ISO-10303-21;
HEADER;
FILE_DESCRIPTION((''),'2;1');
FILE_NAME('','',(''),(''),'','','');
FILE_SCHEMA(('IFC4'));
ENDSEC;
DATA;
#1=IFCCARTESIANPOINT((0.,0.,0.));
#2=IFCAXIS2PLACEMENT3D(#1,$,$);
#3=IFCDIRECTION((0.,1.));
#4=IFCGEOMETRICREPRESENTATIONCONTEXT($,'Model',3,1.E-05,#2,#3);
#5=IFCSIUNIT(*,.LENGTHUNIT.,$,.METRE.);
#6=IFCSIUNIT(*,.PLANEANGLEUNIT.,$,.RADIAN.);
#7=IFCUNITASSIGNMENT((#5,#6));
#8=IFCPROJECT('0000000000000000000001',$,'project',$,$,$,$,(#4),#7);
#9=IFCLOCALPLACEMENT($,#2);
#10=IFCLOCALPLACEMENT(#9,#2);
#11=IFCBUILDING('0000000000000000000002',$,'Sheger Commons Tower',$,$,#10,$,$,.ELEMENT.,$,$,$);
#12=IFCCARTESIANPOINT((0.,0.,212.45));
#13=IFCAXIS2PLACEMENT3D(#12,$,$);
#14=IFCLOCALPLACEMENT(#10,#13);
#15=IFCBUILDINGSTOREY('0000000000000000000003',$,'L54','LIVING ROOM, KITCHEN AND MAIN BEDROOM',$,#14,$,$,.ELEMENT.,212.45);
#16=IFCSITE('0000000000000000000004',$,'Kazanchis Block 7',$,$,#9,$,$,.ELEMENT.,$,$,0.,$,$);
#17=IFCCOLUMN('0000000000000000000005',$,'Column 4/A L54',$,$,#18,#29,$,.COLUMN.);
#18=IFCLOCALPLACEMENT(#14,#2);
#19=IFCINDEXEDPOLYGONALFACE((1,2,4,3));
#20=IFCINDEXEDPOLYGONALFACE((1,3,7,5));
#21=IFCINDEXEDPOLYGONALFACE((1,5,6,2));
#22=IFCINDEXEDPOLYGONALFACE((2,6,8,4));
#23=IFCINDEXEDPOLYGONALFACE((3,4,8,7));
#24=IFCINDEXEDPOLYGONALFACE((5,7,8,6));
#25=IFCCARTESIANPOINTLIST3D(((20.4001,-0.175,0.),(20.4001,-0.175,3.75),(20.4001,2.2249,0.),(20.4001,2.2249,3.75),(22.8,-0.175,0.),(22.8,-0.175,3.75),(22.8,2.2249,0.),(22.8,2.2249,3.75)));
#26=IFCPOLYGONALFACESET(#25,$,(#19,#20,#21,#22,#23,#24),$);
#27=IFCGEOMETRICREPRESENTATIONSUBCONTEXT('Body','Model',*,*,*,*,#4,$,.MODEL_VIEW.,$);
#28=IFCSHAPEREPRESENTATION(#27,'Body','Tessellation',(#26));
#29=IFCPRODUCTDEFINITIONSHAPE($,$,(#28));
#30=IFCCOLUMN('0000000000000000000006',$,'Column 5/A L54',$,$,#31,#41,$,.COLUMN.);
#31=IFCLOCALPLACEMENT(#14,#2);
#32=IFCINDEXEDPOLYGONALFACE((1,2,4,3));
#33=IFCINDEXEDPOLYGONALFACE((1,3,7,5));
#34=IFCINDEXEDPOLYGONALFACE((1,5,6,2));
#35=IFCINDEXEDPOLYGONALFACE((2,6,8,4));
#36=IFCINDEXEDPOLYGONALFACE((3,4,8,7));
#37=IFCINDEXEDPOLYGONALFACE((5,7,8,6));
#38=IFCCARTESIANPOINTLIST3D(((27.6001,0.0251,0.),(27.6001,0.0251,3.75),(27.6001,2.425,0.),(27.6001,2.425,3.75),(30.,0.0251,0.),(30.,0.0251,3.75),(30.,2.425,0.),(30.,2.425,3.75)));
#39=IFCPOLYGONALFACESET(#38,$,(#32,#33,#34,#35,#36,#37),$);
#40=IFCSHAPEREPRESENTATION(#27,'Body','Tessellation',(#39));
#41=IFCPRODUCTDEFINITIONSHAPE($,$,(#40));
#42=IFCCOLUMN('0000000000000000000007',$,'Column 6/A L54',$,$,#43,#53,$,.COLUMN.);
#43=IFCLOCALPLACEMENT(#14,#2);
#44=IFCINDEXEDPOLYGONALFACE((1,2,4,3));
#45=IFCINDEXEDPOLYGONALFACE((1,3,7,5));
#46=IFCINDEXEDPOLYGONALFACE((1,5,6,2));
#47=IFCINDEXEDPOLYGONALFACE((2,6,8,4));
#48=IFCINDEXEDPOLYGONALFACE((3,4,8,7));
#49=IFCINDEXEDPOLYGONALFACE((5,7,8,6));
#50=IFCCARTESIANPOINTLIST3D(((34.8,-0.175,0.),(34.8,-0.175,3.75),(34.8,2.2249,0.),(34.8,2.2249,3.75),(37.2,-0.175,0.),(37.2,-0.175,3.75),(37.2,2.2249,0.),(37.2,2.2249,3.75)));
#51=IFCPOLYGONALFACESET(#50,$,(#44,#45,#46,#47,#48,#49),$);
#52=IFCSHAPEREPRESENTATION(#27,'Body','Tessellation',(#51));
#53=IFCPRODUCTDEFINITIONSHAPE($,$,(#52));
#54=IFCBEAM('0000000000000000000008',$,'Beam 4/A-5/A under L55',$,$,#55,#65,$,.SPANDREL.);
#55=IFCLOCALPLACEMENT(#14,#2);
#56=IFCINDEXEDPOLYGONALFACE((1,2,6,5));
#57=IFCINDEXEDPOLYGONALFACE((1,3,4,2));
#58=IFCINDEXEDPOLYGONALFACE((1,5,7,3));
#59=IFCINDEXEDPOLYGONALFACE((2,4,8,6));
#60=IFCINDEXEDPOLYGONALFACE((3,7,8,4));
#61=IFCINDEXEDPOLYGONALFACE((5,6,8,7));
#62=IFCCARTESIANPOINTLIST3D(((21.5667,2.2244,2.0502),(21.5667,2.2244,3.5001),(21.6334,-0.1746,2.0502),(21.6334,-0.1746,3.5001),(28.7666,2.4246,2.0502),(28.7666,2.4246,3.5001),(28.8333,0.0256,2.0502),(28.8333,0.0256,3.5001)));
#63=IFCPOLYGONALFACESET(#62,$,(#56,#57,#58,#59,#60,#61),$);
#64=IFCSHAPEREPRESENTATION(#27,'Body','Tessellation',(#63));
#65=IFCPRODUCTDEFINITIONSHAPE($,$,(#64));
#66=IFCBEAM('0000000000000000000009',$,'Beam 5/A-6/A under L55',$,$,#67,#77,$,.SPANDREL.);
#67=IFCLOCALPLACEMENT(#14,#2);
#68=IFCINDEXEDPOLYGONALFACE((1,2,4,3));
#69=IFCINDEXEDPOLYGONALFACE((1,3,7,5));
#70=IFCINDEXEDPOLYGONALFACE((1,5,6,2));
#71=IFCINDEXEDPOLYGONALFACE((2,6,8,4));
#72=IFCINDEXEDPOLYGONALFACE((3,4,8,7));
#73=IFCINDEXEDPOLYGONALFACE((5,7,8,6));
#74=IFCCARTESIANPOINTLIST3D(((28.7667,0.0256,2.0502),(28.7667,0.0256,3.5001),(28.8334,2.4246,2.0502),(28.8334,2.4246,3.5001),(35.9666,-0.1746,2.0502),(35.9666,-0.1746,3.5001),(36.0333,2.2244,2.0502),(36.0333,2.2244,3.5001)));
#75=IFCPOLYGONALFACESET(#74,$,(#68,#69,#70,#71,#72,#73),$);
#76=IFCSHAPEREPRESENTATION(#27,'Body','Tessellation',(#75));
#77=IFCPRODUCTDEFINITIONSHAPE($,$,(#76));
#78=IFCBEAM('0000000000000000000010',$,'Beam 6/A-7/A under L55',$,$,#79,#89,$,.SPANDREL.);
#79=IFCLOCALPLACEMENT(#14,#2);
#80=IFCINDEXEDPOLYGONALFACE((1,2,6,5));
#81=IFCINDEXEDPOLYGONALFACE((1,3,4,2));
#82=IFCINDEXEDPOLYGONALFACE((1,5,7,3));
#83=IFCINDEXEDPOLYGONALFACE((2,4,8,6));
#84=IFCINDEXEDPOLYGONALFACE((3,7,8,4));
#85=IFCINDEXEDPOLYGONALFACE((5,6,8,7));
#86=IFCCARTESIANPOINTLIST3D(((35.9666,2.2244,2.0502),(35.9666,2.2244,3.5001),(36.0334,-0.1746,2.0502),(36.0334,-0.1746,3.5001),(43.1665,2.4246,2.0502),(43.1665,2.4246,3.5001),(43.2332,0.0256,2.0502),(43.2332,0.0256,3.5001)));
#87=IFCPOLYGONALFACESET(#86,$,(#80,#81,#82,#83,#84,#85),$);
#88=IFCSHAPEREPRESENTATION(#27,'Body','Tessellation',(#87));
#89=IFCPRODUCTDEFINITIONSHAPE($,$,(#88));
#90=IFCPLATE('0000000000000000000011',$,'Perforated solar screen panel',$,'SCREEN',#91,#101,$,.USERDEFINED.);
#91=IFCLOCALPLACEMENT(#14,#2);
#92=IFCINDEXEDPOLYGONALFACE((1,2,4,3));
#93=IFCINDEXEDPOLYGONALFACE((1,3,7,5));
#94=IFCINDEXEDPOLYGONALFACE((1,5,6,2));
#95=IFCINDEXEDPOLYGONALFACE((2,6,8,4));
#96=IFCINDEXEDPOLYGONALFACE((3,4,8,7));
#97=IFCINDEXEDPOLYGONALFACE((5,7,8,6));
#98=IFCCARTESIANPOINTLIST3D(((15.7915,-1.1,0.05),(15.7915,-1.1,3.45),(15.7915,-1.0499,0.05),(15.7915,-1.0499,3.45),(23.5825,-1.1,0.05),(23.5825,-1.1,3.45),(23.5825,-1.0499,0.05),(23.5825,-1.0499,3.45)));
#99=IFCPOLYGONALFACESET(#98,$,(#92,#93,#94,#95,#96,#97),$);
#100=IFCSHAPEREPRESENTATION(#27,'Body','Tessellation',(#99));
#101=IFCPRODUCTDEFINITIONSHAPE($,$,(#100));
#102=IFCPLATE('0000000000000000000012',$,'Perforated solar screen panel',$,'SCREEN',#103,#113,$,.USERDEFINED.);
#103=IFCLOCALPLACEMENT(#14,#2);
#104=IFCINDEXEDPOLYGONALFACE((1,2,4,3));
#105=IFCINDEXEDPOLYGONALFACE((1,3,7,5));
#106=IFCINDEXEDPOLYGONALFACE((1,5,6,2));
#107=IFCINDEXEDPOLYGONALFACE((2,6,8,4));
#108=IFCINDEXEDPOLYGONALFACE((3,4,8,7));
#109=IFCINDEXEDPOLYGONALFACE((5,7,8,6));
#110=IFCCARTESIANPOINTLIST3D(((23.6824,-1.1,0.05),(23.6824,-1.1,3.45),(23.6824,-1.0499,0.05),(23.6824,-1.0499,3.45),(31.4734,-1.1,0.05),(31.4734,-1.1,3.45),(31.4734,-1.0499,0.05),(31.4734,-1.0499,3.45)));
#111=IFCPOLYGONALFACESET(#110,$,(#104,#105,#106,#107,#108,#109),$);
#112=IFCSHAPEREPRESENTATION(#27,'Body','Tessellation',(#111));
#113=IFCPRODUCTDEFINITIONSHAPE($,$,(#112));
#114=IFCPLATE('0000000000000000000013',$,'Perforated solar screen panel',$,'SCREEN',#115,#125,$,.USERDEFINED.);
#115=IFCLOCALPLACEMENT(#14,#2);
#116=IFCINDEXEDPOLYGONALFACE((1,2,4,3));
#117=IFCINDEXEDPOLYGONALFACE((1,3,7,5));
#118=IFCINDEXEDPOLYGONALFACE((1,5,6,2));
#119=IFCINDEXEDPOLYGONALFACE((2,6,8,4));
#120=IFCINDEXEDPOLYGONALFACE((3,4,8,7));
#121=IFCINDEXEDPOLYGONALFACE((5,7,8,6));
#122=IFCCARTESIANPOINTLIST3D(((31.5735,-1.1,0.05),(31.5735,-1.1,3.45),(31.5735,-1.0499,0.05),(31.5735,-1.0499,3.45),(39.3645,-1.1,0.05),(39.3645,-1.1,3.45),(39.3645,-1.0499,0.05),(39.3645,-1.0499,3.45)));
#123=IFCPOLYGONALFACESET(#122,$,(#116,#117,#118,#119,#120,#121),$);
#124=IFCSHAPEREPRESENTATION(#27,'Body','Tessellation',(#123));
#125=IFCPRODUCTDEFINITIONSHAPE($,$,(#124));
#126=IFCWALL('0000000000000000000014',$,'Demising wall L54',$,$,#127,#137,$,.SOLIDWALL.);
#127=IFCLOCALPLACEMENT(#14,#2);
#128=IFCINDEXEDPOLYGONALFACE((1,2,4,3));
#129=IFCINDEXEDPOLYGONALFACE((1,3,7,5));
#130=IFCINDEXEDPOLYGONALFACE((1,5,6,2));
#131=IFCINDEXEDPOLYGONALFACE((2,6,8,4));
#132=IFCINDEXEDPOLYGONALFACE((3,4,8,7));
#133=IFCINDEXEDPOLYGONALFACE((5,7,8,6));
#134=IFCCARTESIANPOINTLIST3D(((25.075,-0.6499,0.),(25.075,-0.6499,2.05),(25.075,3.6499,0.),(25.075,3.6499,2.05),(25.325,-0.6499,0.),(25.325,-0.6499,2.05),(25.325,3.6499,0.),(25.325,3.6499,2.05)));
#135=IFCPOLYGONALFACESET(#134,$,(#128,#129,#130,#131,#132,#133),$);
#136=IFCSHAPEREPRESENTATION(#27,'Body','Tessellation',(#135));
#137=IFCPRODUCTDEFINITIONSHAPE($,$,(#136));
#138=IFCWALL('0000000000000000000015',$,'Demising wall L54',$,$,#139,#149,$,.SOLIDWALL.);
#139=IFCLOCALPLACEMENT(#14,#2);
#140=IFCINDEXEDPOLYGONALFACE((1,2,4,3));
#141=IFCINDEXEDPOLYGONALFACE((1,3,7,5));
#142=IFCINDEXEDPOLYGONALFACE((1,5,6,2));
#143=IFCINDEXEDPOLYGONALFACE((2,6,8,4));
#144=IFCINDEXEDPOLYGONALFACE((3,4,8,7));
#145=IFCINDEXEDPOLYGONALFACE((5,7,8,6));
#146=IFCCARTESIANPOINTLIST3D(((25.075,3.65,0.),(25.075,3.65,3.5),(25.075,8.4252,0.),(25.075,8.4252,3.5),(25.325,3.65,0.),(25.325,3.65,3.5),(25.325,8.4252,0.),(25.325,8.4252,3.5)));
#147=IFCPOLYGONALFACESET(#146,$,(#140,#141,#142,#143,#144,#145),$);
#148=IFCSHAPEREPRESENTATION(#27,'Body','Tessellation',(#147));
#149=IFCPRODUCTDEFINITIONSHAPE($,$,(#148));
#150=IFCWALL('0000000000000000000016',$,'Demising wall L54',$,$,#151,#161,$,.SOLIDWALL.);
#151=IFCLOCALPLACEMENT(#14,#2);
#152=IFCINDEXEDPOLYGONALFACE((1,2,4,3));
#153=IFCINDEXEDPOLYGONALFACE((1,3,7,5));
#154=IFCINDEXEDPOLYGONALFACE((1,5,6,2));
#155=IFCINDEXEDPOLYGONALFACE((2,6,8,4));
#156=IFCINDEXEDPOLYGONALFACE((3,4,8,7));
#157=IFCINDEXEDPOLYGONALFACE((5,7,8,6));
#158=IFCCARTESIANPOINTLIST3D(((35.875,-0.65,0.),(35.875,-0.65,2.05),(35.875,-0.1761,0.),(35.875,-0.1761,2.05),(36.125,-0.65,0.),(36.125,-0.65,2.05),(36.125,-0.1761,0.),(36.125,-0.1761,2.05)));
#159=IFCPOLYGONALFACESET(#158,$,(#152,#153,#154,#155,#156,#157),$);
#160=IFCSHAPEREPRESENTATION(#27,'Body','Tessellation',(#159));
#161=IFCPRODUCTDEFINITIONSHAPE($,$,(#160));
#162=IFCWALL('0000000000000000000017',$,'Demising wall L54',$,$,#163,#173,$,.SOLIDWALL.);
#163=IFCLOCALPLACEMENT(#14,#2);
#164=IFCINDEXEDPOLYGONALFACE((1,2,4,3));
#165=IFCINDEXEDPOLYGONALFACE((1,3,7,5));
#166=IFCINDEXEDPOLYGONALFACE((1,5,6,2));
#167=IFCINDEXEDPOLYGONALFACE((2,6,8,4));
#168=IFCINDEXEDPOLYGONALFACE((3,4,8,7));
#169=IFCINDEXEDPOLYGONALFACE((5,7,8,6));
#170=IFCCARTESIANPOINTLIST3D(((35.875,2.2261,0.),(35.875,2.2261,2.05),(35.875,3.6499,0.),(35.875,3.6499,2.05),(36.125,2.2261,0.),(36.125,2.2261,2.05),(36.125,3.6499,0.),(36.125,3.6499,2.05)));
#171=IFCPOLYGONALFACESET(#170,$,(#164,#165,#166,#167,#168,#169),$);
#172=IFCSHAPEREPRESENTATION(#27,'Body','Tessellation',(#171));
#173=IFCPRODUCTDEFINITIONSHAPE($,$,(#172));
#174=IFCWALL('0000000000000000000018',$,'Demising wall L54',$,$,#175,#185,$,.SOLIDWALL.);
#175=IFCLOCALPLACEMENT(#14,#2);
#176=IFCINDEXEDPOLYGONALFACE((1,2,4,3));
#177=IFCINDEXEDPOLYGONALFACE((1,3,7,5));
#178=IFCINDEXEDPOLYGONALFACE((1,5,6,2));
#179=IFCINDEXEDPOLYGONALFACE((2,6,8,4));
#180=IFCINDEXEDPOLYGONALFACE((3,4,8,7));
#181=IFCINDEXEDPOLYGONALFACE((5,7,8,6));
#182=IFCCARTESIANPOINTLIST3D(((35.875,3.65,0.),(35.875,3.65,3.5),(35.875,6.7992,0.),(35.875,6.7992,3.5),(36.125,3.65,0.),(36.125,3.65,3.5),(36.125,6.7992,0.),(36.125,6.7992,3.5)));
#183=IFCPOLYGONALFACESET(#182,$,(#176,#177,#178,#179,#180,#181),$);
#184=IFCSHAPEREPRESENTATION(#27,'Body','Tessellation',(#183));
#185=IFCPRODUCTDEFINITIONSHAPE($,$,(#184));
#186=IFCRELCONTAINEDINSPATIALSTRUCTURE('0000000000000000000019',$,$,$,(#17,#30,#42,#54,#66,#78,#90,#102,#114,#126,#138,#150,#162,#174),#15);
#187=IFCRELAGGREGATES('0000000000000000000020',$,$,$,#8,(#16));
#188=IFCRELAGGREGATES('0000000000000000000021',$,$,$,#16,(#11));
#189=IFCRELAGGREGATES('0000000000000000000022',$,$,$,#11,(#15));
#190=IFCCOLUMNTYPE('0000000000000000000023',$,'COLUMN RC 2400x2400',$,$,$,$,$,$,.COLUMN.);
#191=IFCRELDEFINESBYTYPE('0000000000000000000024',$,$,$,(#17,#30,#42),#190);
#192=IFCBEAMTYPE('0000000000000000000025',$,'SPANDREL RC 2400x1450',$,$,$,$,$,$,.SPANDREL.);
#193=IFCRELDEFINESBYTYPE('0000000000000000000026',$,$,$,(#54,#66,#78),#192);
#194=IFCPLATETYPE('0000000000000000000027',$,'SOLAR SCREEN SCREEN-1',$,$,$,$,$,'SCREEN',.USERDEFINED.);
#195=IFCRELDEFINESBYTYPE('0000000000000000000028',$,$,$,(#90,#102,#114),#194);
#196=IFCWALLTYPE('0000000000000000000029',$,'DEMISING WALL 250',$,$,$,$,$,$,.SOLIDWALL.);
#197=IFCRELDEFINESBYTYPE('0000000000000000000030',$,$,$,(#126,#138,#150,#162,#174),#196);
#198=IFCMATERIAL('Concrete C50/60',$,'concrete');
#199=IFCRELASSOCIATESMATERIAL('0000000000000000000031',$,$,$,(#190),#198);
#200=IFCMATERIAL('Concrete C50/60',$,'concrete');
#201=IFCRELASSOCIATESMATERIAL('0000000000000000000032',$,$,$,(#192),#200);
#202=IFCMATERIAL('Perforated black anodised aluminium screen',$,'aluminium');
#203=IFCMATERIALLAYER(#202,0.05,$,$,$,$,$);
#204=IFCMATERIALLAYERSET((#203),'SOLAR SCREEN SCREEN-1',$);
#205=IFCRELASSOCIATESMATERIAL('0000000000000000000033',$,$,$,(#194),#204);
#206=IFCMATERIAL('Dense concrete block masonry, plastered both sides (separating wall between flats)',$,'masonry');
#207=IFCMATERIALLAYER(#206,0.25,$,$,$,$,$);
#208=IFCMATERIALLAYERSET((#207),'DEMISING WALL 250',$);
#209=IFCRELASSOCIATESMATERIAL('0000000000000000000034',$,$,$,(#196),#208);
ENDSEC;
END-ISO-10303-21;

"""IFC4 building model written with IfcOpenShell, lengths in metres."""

from ifc_helpers import new_model, si_unit, direction, frame, frame_2d, origin, origin_2d, place, context, subcontext, project, spatial, rectangle, extrude, material, layer, layer_set, material_profile, profile_set, type_object, element, save


model = new_model("IFC4")

# Units and contexts
model_context = context("Model", 3, precision=1e-05, world=origin(), true_north=direction((0.0, 1.0)))
body_context = subcontext(model_context, "Body", "Model", "MODEL_VIEW")
ifc_project = project(units=[si_unit("LENGTHUNIT", "METRE"), si_unit("PLANEANGLEUNIT", "RADIAN")], contexts=[model_context])

# Site, building, storey
site_placement = place(None, origin())
site = spatial("IfcSite", under=ifc_project, at=site_placement, Name="Kazanchis Block 7", CompositionType="ELEMENT", RefElevation=0.0)
building_placement = place(site_placement, origin())
building = spatial("IfcBuilding", under=site, at=building_placement, Name="Sheger Commons Tower", CompositionType="ELEMENT")
storey_placement = place(building_placement, frame((0.0, 0.0, 212.45)))
storey = spatial("IfcBuildingStorey", under=building, at=storey_placement, Name="L54", Description="LIVING ROOM, KITCHEN AND MAIN BEDROOM", CompositionType="ELEMENT", Elevation=212.45)

# Columns
ifc_material_1 = material(Name="Concrete C50/60", Category="concrete")
ifc_material_profile_1 = material_profile(ifc_material_1, rectangle(XDim=2.3999, YDim=2.3999, at=origin_2d()), Name="RC 2400x2400")
ifc_profile_set_1 = profile_set([ifc_material_profile_1], Name="Concrete C50/60")
column_type = type_object("IfcColumnType", Name="COLUMN RC 2400x2400", PredefinedType="COLUMN", material=ifc_profile_set_1)
for number, where, z_axis, x_axis, name in (
    (1, (21.6001, 1.0249, 0.0), (0.0, 0.0, 1.0), (1.0, 0.0, 0.0), "Column 4/A L54"),
    (2, (28.8, 1.2251, 0.0), (0.0, 0.0, 1.0), (1.0, 0.0, 0.0), "Column 5/A L54"),
    (3, (36.0, 1.0249, 0.0), (0.0, 0.0, 1.0), (1.0, 0.0, 0.0), "Column 6/A L54"),
):
    element("IfcColumn", number, at=place(storey_placement, frame(where, z_axis=z_axis, x_axis=x_axis)), inside=storey, type_object=column_type, Name=name, PredefinedType="COLUMN", context=body_context, shape_type="SweptSolid", body=[
        extrude(rectangle(XDim=2.3999, YDim=2.3999, at=origin_2d()), origin(), (0.0, 0.0, 1.0), 3.75),
    ])

# Beams
ifc_material_2 = material(Name="Concrete C50/60", Category="concrete")
ifc_material_profile_2 = material_profile(ifc_material_2, rectangle(XDim=2.3999, YDim=1.45, at=origin_2d()), Name="RC 2400x1450")
ifc_profile_set_2 = profile_set([ifc_material_profile_2], Name="Concrete C50/60")
beam_type = type_object("IfcBeamType", Name="SPANDREL RC 2400x1450", PredefinedType="SPANDREL", material=ifc_profile_set_2)
for number, where, z_axis, x_axis, name in (
    (4, (21.6001, 1.0249, 2.7751), (0.999614, 0.027794, 0.0), (-0.027794, 0.999614, 0.0), "Beam 4/A-5/A under L55"),
    (5, (28.8, 1.2251, 2.7751), (0.999614, -0.027794, 0.0), (0.027794, 0.999614, 0.0), "Beam 5/A-6/A under L55"),
    (6, (36.0, 1.0249, 2.7751), (0.999614, 0.027794, 0.0), (-0.027794, 0.999614, 0.0), "Beam 6/A-7/A under L55"),
):
    element("IfcBeam", number, at=place(storey_placement, frame(where, z_axis=z_axis, x_axis=x_axis)), inside=storey, type_object=beam_type, Name=name, PredefinedType="SPANDREL", context=body_context, shape_type="SweptSolid", body=[
        extrude(rectangle(XDim=2.3999, YDim=1.45, at=origin_2d()), origin(), (0.0, 0.0, 1.0), 7.2026),
    ])

# Plates
ifc_material_3 = material(Name="Perforated black anodised aluminium screen", Category="aluminium")
ifc_layer_1 = layer(ifc_material_3, 0.05)
ifc_layer_set_1 = layer_set([ifc_layer_1], Name="SOLAR SCREEN SCREEN-1")
plate_type = type_object("IfcPlateType", Name="SOLAR SCREEN SCREEN-1", ElementType="SCREEN", PredefinedType="USERDEFINED", material=ifc_layer_set_1)
for number, where, z_axis, x_axis, name in (
    (7, (19.687, -1.075, 0.05), (0.0, 0.0, 1.0), (1.0, 0.0, 0.0), "Perforated solar screen panel"),
    (8, (27.5779, -1.075, 0.05), (0.0, 0.0, 1.0), (1.0, 0.0, 0.0), "Perforated solar screen panel"),
    (9, (35.469, -1.075, 0.05), (0.0, 0.0, 1.0), (1.0, 0.0, 0.0), "Perforated solar screen panel"),
):
    element("IfcPlate", number, at=place(storey_placement, frame(where, z_axis=z_axis, x_axis=x_axis)), inside=storey, type_object=plate_type, Name=name, ObjectType="SCREEN", PredefinedType="USERDEFINED", context=body_context, shape_type="SweptSolid", body=[
        extrude(rectangle(XDim=7.791, YDim=0.05, at=origin_2d()), origin(), (0.0, 0.0, 1.0), 3.3999),
    ])

# Walls
ifc_material_4 = material(Name="Dense concrete block masonry, plastered both sides (separating wall between flats)", Category="masonry")
ifc_layer_2 = layer(ifc_material_4, 0.25)
ifc_layer_set_2 = layer_set([ifc_layer_2], Name="DEMISING WALL 250")
wall_type_1 = type_object("IfcWallType", Name="DEMISING WALL 250", PredefinedType="SOLIDWALL", material=ifc_layer_set_2)
wall_1_placement = place(storey_placement, frame((25.2, -0.6499, 0.0), z_axis=(0.0, 0.0, 1.0), x_axis=(0.0, 1.0, 0.0)))
element("IfcWall", 10, at=wall_1_placement, inside=storey, type_object=wall_type_1, Name="Demising wall L54", PredefinedType="SOLIDWALL", context=body_context, shape_type="SweptSolid", body=[
    extrude(rectangle(XDim=4.2998, YDim=0.25, at=frame_2d((2.1499, 0.0))), origin(), (0.0, 0.0, 1.0), 2.05),
])
wall_2_placement = place(storey_placement, frame((25.2, 3.6499, 0.0), z_axis=(0.0, 0.0, 1.0), x_axis=(0.0, 1.0, 0.0)))
element("IfcWall", 11, at=wall_2_placement, inside=storey, type_object=wall_type_1, Name="Demising wall L54", PredefinedType="SOLIDWALL", context=body_context, shape_type="SweptSolid", body=[
    extrude(rectangle(XDim=4.7751, YDim=0.25, at=frame_2d((2.3877, 0.0))), origin(), (0.0, 0.0, 1.0), 3.5),
])
wall_3_placement = place(storey_placement, frame((36.0, -0.6499, 0.0), z_axis=(0.0, 0.0, 1.0), x_axis=(0.0, 1.0, 0.0)))
element("IfcWall", 12, at=wall_3_placement, inside=storey, type_object=wall_type_1, Name="Demising wall L54", PredefinedType="SOLIDWALL", context=body_context, shape_type="SweptSolid", body=[
    extrude(rectangle(XDim=0.4739, YDim=0.25, at=frame_2d((0.2368, 0.0))), origin(), (0.0, 0.0, 1.0), 2.05),
])
wall_4_placement = place(storey_placement, frame((36.0, 2.2261, 0.0), z_axis=(0.0, 0.0, 1.0), x_axis=(0.0, 1.0, 0.0)))
element("IfcWall", 13, at=wall_4_placement, inside=storey, type_object=wall_type_1, Name="Demising wall L54", PredefinedType="SOLIDWALL", context=body_context, shape_type="SweptSolid", body=[
    extrude(rectangle(XDim=1.4238, YDim=0.25, at=frame_2d((0.7119, 0.0))), origin(), (0.0, 0.0, 1.0), 2.05),
])
wall_5_placement = place(storey_placement, frame((36.0, 3.6499, 0.0), z_axis=(0.0, 0.0, 1.0), x_axis=(0.0, 1.0, 0.0)))
element("IfcWall", 14, at=wall_5_placement, inside=storey, type_object=wall_type_1, Name="Demising wall L54", PredefinedType="SOLIDWALL", context=body_context, shape_type="SweptSolid", body=[
    extrude(rectangle(XDim=3.1492, YDim=0.25, at=frame_2d((1.5747, 0.0))), origin(), (0.0, 0.0, 1.0), 3.5),
])

save(model, "model.ifc")
